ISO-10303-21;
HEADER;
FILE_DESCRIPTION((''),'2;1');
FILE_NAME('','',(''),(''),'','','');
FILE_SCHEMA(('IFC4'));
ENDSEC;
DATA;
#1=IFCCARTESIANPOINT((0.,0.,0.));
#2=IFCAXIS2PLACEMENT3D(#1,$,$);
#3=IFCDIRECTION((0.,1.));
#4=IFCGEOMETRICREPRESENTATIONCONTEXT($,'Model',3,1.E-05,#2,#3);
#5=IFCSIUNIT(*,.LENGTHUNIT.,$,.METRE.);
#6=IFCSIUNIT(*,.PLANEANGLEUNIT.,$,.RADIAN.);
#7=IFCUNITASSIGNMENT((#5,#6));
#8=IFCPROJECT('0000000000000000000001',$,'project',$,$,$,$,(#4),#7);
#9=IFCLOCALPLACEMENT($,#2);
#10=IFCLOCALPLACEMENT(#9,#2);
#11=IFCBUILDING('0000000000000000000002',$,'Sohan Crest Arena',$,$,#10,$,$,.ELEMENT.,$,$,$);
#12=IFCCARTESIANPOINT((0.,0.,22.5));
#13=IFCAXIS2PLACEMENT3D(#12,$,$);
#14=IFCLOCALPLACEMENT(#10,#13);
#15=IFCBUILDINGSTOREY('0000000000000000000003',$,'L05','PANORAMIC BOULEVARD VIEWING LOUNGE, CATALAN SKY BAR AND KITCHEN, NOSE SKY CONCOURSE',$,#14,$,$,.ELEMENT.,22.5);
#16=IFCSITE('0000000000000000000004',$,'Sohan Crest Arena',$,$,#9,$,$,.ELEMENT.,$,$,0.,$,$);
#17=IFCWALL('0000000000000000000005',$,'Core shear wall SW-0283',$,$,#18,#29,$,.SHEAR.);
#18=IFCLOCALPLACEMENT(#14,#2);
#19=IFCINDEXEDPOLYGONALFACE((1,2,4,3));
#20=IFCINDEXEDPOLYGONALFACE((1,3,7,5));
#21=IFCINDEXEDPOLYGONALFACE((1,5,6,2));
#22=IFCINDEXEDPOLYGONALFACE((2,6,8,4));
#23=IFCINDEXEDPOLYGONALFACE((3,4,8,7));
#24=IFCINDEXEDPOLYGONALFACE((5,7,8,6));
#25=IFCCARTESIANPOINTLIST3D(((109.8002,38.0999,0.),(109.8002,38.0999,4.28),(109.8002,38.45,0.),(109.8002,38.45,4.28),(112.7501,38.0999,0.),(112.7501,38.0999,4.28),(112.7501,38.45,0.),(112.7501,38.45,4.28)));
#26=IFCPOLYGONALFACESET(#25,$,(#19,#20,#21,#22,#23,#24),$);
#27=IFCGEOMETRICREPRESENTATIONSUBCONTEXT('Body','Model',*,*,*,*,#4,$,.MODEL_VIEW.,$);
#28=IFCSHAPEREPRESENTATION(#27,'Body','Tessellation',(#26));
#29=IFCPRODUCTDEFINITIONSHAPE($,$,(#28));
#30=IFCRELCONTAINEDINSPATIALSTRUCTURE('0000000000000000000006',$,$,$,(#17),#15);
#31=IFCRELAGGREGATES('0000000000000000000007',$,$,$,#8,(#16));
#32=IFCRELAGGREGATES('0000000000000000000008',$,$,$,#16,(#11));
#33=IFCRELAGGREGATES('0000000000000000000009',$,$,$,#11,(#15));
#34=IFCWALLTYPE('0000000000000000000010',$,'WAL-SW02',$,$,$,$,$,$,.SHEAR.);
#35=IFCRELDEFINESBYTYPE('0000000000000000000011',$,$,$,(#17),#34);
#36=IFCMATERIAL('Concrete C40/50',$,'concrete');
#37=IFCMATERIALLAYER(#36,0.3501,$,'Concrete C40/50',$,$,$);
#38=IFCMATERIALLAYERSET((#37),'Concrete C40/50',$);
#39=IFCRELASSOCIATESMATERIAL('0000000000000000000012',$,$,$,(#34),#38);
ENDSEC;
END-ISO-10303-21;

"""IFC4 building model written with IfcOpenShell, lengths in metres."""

from ifc_helpers import new_model, si_unit, direction, frame, frame_2d, origin, place, context, subcontext, project, spatial, rectangle, extrude, material, layer, layer_set, type_object, element, save


model = new_model("IFC4")

# Units and contexts
model_context = context("Model", 3, precision=1e-05, world=origin(), true_north=direction((0.0, 1.0)))
body_context = subcontext(model_context, "Body", "Model", "MODEL_VIEW")
ifc_project = project(units=[si_unit("LENGTHUNIT", "METRE"), si_unit("PLANEANGLEUNIT", "RADIAN")], contexts=[model_context])

# Site, building, storey
site_placement = place(None, origin())
site = spatial("IfcSite", under=ifc_project, at=site_placement, Name="Sohan Crest Arena", CompositionType="ELEMENT", RefElevation=0.0)
building_placement = place(site_placement, origin())
building = spatial("IfcBuilding", under=site, at=building_placement, Name="Sohan Crest Arena", CompositionType="ELEMENT")
storey_placement = place(building_placement, frame((0.0, 0.0, 22.5)))
storey = spatial("IfcBuildingStorey", under=building, at=storey_placement, Name="L05", Description="PANORAMIC BOULEVARD VIEWING LOUNGE, CATALAN SKY BAR AND KITCHEN, NOSE SKY CONCOURSE", CompositionType="ELEMENT", Elevation=22.5)

# Wall
ifc_material_1 = material(Name="Concrete C40/50", Category="concrete")
ifc_layer_1 = layer(ifc_material_1, 0.3501, Name="Concrete C40/50")
ifc_layer_set_1 = layer_set([ifc_layer_1], Name="Concrete C40/50")
wall_type_1 = type_object("IfcWallType", Name="WAL-SW02", PredefinedType="SHEAR", material=ifc_layer_set_1)
wall_1_placement = place(storey_placement, frame((109.8, 38.2749, 0.0), z_axis=(0.0, 0.0, 1.0), x_axis=(1.0, 0.0, 0.0)))
element("IfcWall", 1, at=wall_1_placement, inside=storey, type_object=wall_type_1, Name="Core shear wall SW-0283", PredefinedType="SHEAR", context=body_context, shape_type="SweptSolid", body=[
    extrude(rectangle(XDim=2.95, YDim=0.3501, at=frame_2d((1.4751, 0.0))), origin(), (0.0, 0.0, 1.0), 4.28),
])

save(model, "model.ifc")
